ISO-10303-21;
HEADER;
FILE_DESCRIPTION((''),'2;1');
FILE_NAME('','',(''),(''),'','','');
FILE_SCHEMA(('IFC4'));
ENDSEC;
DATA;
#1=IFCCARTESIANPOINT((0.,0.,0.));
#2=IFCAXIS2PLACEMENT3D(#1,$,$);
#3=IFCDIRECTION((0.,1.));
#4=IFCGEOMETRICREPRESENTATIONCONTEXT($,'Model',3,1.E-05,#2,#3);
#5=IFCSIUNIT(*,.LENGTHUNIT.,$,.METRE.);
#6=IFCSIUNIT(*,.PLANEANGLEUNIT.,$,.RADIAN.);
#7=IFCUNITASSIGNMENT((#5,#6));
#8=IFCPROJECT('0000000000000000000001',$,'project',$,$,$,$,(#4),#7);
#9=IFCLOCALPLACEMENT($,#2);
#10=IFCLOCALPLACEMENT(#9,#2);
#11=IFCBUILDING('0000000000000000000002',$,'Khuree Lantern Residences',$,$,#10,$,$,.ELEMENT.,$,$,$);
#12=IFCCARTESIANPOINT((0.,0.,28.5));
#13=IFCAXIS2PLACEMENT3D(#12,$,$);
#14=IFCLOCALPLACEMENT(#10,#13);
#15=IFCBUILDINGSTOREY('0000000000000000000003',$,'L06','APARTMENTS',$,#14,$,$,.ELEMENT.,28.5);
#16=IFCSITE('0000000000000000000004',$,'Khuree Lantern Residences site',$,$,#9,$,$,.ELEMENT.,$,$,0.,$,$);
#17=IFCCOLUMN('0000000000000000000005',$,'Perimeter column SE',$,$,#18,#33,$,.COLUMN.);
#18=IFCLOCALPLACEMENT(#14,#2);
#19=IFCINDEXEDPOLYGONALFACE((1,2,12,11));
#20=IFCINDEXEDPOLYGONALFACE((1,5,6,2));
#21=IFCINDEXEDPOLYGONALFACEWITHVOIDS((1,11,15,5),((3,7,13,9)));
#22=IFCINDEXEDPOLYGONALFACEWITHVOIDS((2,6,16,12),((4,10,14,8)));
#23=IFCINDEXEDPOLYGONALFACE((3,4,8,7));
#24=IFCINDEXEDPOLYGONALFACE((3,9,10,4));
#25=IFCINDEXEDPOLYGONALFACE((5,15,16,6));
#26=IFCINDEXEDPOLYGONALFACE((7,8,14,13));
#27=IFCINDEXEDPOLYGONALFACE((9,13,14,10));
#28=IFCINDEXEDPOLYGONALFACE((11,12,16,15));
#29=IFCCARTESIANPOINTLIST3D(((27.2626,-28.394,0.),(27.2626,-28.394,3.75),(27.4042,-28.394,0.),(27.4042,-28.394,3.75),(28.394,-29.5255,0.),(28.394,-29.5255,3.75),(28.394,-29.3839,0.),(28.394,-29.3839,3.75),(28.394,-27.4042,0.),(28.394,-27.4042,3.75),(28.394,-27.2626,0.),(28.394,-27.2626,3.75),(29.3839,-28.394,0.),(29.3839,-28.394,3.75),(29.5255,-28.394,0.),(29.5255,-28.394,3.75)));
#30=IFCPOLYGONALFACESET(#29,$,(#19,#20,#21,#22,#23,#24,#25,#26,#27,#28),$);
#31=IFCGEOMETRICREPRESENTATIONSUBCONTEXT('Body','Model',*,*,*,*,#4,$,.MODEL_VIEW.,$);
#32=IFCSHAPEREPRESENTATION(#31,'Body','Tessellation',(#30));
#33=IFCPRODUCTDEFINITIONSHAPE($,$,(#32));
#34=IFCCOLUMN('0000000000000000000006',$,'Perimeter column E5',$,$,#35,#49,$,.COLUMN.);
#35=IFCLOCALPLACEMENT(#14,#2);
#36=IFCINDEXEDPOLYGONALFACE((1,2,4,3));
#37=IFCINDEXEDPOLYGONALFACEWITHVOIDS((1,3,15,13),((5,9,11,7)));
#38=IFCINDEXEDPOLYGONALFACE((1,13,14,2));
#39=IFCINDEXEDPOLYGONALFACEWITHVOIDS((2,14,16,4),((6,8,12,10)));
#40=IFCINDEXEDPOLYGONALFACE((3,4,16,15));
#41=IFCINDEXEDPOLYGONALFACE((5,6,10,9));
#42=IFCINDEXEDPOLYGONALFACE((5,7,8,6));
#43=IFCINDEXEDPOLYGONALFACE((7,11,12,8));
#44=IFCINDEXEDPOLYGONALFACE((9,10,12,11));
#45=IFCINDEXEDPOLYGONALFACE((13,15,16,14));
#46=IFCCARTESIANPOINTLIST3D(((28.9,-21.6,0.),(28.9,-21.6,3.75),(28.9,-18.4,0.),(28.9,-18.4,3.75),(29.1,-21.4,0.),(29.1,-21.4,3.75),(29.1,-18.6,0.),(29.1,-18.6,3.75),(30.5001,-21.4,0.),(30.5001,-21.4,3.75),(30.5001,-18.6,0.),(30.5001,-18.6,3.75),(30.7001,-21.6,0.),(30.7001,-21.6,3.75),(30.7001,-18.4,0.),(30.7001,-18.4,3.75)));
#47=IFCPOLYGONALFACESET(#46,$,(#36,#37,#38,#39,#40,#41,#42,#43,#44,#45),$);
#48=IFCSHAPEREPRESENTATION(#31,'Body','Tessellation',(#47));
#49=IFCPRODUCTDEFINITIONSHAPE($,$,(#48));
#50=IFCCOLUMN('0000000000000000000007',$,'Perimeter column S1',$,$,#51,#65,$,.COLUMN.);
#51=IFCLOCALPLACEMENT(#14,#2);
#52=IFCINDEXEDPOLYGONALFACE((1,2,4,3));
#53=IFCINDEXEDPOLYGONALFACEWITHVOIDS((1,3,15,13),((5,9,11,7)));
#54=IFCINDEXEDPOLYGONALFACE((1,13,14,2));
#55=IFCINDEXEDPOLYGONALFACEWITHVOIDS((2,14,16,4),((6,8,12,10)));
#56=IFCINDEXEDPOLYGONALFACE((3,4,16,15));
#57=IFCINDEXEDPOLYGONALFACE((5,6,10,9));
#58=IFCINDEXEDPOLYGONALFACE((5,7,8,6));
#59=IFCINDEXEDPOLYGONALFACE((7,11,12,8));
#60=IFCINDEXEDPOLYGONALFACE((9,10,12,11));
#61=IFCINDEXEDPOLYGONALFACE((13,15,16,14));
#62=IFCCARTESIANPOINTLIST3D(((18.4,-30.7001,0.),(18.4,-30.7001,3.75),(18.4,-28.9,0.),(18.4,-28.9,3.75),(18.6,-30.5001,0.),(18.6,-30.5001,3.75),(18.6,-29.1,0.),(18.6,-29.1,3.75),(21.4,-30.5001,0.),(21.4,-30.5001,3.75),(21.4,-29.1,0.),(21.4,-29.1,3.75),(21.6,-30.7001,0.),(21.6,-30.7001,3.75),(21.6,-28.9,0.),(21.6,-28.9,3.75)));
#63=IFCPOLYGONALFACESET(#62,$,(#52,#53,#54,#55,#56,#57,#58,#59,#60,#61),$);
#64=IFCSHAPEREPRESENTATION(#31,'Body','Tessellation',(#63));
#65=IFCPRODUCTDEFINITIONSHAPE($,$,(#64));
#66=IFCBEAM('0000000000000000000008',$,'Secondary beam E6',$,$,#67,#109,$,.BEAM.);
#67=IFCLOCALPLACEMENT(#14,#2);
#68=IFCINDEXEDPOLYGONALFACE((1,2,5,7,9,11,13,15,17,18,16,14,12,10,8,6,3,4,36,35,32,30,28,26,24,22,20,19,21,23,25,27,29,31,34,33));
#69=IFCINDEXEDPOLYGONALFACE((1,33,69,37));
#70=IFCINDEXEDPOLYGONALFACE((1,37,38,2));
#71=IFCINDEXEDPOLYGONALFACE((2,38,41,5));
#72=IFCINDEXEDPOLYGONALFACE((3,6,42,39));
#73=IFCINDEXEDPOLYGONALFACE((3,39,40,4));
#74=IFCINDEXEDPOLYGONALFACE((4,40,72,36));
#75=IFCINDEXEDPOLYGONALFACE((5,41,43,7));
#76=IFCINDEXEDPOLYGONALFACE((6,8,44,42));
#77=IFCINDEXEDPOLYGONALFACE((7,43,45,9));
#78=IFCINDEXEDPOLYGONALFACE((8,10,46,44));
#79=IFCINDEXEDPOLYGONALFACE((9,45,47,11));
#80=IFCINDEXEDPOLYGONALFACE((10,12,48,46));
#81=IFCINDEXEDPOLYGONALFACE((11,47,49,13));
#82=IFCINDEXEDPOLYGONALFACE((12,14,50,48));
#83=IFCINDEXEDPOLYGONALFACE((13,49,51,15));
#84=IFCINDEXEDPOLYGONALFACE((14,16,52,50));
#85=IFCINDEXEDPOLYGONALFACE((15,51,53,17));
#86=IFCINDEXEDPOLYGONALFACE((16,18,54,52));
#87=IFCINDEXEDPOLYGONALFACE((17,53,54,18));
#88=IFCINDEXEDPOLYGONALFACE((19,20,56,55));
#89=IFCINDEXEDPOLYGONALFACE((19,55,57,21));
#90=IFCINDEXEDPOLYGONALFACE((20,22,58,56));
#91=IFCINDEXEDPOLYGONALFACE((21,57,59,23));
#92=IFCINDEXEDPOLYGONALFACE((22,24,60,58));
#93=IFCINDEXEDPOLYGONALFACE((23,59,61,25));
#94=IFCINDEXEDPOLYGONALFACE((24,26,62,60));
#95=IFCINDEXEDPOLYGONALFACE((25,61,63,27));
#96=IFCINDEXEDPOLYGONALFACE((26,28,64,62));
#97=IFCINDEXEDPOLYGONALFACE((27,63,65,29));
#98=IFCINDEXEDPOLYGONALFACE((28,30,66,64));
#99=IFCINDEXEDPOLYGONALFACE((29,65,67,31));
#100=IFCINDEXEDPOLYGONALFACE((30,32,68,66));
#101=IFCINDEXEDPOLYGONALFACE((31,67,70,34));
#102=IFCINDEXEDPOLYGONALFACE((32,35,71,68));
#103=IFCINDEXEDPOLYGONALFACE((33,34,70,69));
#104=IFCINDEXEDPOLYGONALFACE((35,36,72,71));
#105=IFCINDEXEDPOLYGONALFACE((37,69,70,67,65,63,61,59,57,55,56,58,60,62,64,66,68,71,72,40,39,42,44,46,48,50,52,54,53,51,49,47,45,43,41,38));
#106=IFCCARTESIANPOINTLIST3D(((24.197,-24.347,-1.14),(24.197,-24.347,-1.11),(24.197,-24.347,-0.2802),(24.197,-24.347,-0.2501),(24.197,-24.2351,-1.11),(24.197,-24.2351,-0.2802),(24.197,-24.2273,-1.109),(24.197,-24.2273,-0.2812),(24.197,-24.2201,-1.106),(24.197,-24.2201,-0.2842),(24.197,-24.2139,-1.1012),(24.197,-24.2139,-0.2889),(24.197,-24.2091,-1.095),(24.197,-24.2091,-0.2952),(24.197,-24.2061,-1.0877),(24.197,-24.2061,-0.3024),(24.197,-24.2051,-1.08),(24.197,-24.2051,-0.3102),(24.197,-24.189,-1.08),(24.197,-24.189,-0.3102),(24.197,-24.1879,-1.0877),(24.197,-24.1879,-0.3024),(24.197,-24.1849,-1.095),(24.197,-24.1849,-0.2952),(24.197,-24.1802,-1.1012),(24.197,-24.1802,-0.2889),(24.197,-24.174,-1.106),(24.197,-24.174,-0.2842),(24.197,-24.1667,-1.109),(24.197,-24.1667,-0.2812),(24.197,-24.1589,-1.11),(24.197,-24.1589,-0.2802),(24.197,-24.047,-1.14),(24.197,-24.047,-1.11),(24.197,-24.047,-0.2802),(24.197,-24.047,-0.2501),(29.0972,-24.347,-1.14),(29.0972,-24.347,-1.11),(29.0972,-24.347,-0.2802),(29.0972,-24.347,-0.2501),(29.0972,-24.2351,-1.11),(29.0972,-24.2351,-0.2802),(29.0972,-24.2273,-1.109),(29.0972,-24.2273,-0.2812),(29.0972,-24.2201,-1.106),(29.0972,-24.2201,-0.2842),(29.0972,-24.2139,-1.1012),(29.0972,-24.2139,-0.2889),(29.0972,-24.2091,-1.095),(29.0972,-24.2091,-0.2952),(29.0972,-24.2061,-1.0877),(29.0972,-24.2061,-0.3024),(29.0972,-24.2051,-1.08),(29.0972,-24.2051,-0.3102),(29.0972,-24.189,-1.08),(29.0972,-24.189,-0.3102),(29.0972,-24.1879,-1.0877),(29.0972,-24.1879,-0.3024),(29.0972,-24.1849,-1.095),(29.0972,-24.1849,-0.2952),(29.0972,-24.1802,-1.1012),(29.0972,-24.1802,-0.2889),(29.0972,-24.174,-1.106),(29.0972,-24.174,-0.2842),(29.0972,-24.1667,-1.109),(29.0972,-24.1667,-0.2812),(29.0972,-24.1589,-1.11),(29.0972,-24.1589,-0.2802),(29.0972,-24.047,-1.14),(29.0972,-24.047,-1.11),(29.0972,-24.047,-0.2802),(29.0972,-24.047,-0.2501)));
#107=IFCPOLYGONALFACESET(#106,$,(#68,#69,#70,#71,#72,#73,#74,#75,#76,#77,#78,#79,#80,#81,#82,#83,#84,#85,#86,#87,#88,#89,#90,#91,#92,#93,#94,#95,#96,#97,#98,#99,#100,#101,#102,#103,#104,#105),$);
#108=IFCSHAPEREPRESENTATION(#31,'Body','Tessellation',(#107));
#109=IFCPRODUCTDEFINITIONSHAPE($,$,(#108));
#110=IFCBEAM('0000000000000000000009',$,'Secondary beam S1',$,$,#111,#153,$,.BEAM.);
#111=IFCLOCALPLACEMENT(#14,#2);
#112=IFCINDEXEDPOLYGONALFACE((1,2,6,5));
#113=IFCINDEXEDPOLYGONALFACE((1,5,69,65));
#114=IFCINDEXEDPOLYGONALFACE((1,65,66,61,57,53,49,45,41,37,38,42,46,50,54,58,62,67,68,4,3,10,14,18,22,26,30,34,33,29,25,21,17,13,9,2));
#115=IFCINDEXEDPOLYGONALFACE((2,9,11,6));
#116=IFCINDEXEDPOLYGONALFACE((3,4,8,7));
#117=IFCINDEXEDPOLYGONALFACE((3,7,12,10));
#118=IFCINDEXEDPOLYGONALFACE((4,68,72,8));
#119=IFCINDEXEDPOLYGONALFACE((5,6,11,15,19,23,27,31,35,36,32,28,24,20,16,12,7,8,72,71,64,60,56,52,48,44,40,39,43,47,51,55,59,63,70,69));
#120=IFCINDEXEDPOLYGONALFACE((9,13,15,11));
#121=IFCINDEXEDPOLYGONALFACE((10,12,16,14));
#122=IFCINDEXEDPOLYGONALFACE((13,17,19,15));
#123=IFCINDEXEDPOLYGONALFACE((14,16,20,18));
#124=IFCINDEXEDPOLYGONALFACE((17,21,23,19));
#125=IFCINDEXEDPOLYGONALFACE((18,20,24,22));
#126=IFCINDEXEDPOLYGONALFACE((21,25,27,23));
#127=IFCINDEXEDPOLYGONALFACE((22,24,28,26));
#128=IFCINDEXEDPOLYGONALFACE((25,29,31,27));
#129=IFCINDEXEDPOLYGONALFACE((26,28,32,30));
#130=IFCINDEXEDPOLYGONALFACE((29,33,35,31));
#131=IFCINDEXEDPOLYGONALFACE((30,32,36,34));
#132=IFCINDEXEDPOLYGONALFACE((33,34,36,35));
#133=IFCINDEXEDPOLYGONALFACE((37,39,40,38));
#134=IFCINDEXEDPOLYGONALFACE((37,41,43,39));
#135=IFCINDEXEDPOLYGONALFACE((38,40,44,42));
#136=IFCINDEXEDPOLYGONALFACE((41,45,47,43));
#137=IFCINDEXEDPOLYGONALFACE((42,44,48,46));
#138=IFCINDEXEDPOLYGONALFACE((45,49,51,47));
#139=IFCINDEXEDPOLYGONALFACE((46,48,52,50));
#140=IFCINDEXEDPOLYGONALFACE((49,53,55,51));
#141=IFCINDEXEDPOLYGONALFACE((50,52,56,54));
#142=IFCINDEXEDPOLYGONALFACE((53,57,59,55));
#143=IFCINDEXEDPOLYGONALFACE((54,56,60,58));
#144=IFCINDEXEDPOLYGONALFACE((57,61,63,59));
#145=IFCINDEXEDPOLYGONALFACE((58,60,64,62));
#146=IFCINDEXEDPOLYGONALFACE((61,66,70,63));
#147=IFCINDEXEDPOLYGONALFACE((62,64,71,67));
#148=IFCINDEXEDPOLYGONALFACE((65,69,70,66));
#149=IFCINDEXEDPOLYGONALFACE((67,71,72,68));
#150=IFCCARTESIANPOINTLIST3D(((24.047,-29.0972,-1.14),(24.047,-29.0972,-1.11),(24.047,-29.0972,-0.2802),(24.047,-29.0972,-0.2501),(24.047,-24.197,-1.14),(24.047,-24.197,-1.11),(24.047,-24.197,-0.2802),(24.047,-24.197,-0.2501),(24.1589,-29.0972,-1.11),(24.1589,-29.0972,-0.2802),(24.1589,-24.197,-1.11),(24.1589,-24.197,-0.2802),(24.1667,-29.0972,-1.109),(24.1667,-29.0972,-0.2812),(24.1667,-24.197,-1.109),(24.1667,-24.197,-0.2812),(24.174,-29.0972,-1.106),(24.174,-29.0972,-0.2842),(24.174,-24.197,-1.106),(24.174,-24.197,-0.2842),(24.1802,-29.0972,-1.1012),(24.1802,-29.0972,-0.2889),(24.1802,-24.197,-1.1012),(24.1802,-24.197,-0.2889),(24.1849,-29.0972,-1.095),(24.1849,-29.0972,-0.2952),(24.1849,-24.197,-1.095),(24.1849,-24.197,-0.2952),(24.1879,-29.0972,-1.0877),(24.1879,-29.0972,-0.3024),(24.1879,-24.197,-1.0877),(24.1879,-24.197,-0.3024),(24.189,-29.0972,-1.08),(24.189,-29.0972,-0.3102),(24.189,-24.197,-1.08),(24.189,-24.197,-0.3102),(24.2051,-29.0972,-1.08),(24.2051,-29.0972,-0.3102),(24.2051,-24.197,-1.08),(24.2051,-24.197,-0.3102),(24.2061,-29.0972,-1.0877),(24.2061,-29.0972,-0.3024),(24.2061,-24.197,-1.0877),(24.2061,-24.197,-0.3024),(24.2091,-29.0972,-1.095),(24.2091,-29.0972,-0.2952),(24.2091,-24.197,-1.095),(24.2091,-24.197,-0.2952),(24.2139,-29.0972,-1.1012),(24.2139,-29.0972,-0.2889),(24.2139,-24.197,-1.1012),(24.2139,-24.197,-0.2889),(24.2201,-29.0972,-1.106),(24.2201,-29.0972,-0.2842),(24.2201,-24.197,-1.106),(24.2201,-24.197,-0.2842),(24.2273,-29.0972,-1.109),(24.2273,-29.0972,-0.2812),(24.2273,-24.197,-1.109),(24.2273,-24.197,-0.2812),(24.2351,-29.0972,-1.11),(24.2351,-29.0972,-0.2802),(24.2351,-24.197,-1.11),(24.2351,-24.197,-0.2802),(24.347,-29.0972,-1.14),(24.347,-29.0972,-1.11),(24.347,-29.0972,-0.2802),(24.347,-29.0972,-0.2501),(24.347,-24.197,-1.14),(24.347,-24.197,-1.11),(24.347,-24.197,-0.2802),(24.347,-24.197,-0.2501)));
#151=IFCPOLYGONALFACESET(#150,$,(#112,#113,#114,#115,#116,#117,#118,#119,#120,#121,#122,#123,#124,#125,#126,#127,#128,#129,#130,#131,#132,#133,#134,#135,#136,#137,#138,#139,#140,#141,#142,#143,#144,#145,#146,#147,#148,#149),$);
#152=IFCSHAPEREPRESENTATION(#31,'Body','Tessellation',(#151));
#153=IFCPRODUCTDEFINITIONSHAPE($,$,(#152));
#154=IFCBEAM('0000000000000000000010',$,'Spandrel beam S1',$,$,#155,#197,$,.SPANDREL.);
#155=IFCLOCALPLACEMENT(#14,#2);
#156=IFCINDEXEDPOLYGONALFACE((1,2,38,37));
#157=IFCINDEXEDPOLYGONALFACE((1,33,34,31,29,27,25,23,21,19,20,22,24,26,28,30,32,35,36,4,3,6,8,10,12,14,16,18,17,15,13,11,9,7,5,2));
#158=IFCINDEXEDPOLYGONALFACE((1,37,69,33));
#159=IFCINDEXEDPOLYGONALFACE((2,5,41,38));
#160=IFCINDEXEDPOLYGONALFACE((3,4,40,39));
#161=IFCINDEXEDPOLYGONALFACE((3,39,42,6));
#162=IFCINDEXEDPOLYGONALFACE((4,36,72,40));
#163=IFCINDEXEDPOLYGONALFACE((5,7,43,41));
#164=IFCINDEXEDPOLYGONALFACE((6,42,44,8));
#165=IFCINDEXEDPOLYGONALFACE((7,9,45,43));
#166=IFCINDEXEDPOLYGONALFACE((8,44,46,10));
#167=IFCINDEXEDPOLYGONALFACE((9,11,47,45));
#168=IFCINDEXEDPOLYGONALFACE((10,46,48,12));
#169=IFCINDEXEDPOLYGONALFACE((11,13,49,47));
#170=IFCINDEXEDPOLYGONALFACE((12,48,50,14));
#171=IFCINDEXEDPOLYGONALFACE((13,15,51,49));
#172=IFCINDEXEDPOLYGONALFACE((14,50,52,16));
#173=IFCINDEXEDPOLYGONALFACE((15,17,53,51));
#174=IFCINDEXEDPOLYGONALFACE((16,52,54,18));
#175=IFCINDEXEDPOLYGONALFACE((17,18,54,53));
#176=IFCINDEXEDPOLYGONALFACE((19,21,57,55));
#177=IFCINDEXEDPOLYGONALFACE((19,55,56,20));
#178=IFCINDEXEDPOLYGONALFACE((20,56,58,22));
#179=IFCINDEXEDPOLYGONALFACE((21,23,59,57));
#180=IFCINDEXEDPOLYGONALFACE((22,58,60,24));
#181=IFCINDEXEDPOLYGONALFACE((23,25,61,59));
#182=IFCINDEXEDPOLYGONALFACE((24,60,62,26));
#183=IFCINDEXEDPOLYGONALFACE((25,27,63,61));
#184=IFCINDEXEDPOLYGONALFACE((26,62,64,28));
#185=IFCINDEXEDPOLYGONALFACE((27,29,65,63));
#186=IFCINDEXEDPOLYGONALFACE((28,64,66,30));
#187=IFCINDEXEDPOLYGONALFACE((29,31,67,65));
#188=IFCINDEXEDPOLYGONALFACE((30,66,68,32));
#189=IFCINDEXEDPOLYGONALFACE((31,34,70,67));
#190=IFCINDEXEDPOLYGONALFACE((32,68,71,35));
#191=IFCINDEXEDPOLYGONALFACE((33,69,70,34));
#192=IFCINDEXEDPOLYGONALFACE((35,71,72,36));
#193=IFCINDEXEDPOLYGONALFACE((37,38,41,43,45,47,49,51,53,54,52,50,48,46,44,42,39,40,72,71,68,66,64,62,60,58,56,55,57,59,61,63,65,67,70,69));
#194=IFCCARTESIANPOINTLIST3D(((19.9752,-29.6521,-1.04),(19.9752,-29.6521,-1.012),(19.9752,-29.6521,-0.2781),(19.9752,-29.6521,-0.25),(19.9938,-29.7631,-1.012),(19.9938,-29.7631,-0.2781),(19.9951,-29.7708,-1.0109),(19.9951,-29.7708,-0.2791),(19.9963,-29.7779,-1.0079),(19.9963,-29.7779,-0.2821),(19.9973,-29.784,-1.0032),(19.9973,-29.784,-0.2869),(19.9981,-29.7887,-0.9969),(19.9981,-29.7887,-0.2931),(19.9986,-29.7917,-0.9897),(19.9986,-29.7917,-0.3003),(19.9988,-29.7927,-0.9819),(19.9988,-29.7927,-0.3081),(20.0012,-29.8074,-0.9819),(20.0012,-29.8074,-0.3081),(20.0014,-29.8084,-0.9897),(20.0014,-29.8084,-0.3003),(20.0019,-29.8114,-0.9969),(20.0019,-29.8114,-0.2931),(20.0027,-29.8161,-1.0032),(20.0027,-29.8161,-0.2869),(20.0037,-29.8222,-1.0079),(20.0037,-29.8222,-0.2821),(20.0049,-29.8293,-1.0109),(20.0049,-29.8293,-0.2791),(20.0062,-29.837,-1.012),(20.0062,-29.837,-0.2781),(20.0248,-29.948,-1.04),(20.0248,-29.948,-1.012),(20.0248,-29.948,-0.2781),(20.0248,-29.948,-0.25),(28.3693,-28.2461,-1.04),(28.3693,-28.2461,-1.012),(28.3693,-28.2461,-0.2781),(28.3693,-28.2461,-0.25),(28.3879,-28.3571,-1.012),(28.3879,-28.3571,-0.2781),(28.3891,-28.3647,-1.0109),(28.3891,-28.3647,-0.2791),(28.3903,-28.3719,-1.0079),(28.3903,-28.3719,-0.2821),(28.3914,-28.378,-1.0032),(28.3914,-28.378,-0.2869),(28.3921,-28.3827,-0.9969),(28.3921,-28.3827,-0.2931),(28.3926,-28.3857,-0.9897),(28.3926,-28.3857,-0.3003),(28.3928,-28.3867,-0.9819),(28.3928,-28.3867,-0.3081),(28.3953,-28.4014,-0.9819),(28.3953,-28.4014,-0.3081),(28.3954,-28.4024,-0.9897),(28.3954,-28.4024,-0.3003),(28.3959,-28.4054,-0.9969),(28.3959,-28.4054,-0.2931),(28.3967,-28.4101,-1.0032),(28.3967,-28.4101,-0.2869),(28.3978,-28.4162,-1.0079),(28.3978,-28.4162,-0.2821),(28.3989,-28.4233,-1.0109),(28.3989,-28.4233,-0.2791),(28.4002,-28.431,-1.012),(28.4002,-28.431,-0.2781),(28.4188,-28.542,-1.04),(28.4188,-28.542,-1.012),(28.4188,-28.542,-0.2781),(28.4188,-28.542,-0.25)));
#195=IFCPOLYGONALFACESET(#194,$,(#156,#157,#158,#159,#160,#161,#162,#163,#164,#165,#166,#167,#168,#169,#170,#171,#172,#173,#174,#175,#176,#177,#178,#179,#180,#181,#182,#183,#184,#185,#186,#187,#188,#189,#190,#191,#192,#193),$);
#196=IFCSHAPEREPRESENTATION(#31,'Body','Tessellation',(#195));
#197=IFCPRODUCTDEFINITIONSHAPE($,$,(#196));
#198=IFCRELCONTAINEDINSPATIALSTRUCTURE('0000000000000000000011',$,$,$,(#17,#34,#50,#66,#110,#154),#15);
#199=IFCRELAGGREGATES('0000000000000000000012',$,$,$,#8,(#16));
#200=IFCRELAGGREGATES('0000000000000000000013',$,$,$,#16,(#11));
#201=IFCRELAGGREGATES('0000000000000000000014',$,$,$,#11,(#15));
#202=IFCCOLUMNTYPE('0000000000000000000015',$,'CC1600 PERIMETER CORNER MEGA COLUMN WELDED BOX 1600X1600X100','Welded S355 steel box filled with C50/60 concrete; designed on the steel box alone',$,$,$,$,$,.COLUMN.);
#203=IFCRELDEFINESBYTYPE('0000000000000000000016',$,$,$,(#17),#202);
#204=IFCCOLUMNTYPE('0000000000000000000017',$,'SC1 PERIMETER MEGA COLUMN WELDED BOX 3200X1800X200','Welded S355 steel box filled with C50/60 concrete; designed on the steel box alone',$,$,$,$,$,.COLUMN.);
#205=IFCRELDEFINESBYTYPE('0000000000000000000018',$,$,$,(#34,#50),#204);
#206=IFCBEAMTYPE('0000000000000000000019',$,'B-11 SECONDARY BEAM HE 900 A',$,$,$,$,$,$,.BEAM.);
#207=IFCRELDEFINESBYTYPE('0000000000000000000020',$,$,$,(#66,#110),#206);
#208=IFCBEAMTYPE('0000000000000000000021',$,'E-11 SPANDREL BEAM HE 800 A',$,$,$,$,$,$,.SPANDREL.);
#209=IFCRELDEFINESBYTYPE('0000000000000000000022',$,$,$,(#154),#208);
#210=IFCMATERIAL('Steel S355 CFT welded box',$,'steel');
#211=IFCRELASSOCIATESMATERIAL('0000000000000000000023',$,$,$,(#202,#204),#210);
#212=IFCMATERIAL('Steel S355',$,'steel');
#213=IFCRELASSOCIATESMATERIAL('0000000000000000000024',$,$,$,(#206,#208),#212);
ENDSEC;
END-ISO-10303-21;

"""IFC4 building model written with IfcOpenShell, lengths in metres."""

from ifc_helpers import new_model, si_unit, direction, frame, origin, origin_2d, place, context, subcontext, project, spatial, hollow_rectangle, i_section, extrude, material, material_profile, profile_set, type_object, element, save


model = new_model("IFC4")

# Units and contexts
model_context = context("Model", 3, precision=1e-05, world=origin(), true_north=direction((0.0, 1.0)))
body_context = subcontext(model_context, "Body", "Model", "MODEL_VIEW")
ifc_project = project(units=[si_unit("LENGTHUNIT", "METRE"), si_unit("PLANEANGLEUNIT", "RADIAN")], contexts=[model_context])

# Site, building, storey
site_placement = place(None, origin())
site = spatial("IfcSite", under=ifc_project, at=site_placement, Name="Khuree Lantern Residences site", CompositionType="ELEMENT", RefElevation=0.0)
building_placement = place(site_placement, origin())
building = spatial("IfcBuilding", under=site, at=building_placement, Name="Khuree Lantern Residences", CompositionType="ELEMENT")
storey_placement = place(building_placement, frame((0.0, 0.0, 28.5)))
storey = spatial("IfcBuildingStorey", under=building, at=storey_placement, Name="L06", Description="APARTMENTS", CompositionType="ELEMENT", Elevation=28.5)

# Columns
ifc_material_1 = material(Name="Steel S355 CFT welded box", Category="steel")
ifc_material_profile_1 = material_profile(ifc_material_1, hollow_rectangle(XDim=1.6001, YDim=1.6001, WallThickness=0.1001, at=origin_2d()), Name="WELDED BOX 1600X1600X100")
ifc_profile_set_1 = profile_set([ifc_material_profile_1], Name="Steel S355 CFT welded box")
column_type_1 = type_object("IfcColumnType", Name="CC1600 PERIMETER CORNER MEGA COLUMN WELDED BOX 1600X1600X100", Description="Welded S355 steel box filled with C50/60 concrete; designed on the steel box alone", PredefinedType="COLUMN", material=ifc_profile_set_1)
column_placement = place(storey_placement, frame((28.394, -28.394, 0.0), z_axis=(0.0, 0.0, 1.0), x_axis=(0.707107, 0.707107, 0.0)))
element("IfcColumn", 1, at=column_placement, inside=storey, type_object=column_type_1, Name="Perimeter column SE", PredefinedType="COLUMN", context=body_context, shape_type="SweptSolid", body=[
    extrude(hollow_rectangle(XDim=1.6001, YDim=1.6001, WallThickness=0.1001, at=origin_2d()), origin(), (0.0, 0.0, 1.0), 3.75),
])
ifc_material_profile_2 = material_profile(ifc_material_1, hollow_rectangle(XDim=3.2, YDim=1.8, WallThickness=0.2, at=origin_2d()), Name="WELDED BOX 3200X1800X200")
ifc_profile_set_2 = profile_set([ifc_material_profile_2], Name="Steel S355 CFT welded box")
column_type_2 = type_object("IfcColumnType", Name="SC1 PERIMETER MEGA COLUMN WELDED BOX 3200X1800X200", Description="Welded S355 steel box filled with C50/60 concrete; designed on the steel box alone", PredefinedType="COLUMN", material=ifc_profile_set_2)
for number, where, z_axis, x_axis, name in (
    (2, (29.8, -20.0, 0.0), (0.0, 0.0, 1.0), (0.0, 1.0, 0.0), "Perimeter column E5"),
    (3, (20.0, -29.8, 0.0), (0.0, 0.0, 1.0), (1.0, 0.0, 0.0), "Perimeter column S1"),
):
    element("IfcColumn", number, at=place(storey_placement, frame(where, z_axis=z_axis, x_axis=x_axis)), inside=storey, type_object=column_type_2, Name=name, PredefinedType="COLUMN", context=body_context, shape_type="SweptSolid", body=[
        extrude(hollow_rectangle(XDim=3.2, YDim=1.8, WallThickness=0.2, at=origin_2d()), origin(), (0.0, 0.0, 1.0), 3.75),
    ])

# Beams
ifc_material_2 = material(Name="Steel S355", Category="steel")
ifc_material_profile_3 = material_profile(ifc_material_2, i_section(OverallWidth=0.3, OverallDepth=0.8899, WebThickness=0.0161, FlangeThickness=0.03, FilletRadius=0.03, at=origin_2d()), Name="HE 900 A")
ifc_profile_set_3 = profile_set([ifc_material_profile_3], Name="Steel S355")
beam_type_1 = type_object("IfcBeamType", Name="B-11 SECONDARY BEAM HE 900 A", PredefinedType="BEAM", material=ifc_profile_set_3)
for number, where, z_axis, x_axis, name in (
    (4, (29.0972, -24.197, -0.6951), (-1.0, 0.0, 0.0), (0.0, -1.0, 0.0), "Secondary beam E6"),
    (5, (24.197, -29.0972, -0.6951), (0.0, 1.0, 0.0), (-1.0, 0.0, 0.0), "Secondary beam S1"),
):
    element("IfcBeam", number, at=place(storey_placement, frame(where, z_axis=z_axis, x_axis=x_axis)), inside=storey, type_object=beam_type_1, Name=name, PredefinedType="BEAM", context=body_context, shape_type="SweptSolid", body=[
        extrude(i_section(OverallWidth=0.3, OverallDepth=0.8899, WebThickness=0.0161, FlangeThickness=0.03, FilletRadius=0.03, at=origin_2d()), origin(), (0.0, 0.0, 1.0), 4.9001),
    ])
ifc_material_profile_4 = material_profile(ifc_material_2, i_section(OverallWidth=0.3, OverallDepth=0.79, WebThickness=0.0149, FlangeThickness=0.0281, FilletRadius=0.03, at=origin_2d()), Name="HE 800 A")
ifc_profile_set_4 = profile_set([ifc_material_profile_4], Name="Steel S355")
beam_type_2 = type_object("IfcBeamType", Name="E-11 SPANDREL BEAM HE 800 A", PredefinedType="SPANDREL", material=ifc_profile_set_4)
beam_1_placement = place(storey_placement, frame((28.394, -28.394, -0.645), z_axis=(-0.98626, -0.165199, 0.0), x_axis=(0.165199, -0.98626, 0.0)))
element("IfcBeam", 6, at=beam_1_placement, inside=storey, type_object=beam_type_2, Name="Spandrel beam S1", PredefinedType="SPANDREL", context=body_context, shape_type="SweptSolid", body=[
    extrude(i_section(OverallWidth=0.3, OverallDepth=0.79, WebThickness=0.0149, FlangeThickness=0.0281, FilletRadius=0.03, at=origin_2d()), origin(), (0.0, 0.0, 1.0), 8.511),
])

save(model, "model.ifc")
